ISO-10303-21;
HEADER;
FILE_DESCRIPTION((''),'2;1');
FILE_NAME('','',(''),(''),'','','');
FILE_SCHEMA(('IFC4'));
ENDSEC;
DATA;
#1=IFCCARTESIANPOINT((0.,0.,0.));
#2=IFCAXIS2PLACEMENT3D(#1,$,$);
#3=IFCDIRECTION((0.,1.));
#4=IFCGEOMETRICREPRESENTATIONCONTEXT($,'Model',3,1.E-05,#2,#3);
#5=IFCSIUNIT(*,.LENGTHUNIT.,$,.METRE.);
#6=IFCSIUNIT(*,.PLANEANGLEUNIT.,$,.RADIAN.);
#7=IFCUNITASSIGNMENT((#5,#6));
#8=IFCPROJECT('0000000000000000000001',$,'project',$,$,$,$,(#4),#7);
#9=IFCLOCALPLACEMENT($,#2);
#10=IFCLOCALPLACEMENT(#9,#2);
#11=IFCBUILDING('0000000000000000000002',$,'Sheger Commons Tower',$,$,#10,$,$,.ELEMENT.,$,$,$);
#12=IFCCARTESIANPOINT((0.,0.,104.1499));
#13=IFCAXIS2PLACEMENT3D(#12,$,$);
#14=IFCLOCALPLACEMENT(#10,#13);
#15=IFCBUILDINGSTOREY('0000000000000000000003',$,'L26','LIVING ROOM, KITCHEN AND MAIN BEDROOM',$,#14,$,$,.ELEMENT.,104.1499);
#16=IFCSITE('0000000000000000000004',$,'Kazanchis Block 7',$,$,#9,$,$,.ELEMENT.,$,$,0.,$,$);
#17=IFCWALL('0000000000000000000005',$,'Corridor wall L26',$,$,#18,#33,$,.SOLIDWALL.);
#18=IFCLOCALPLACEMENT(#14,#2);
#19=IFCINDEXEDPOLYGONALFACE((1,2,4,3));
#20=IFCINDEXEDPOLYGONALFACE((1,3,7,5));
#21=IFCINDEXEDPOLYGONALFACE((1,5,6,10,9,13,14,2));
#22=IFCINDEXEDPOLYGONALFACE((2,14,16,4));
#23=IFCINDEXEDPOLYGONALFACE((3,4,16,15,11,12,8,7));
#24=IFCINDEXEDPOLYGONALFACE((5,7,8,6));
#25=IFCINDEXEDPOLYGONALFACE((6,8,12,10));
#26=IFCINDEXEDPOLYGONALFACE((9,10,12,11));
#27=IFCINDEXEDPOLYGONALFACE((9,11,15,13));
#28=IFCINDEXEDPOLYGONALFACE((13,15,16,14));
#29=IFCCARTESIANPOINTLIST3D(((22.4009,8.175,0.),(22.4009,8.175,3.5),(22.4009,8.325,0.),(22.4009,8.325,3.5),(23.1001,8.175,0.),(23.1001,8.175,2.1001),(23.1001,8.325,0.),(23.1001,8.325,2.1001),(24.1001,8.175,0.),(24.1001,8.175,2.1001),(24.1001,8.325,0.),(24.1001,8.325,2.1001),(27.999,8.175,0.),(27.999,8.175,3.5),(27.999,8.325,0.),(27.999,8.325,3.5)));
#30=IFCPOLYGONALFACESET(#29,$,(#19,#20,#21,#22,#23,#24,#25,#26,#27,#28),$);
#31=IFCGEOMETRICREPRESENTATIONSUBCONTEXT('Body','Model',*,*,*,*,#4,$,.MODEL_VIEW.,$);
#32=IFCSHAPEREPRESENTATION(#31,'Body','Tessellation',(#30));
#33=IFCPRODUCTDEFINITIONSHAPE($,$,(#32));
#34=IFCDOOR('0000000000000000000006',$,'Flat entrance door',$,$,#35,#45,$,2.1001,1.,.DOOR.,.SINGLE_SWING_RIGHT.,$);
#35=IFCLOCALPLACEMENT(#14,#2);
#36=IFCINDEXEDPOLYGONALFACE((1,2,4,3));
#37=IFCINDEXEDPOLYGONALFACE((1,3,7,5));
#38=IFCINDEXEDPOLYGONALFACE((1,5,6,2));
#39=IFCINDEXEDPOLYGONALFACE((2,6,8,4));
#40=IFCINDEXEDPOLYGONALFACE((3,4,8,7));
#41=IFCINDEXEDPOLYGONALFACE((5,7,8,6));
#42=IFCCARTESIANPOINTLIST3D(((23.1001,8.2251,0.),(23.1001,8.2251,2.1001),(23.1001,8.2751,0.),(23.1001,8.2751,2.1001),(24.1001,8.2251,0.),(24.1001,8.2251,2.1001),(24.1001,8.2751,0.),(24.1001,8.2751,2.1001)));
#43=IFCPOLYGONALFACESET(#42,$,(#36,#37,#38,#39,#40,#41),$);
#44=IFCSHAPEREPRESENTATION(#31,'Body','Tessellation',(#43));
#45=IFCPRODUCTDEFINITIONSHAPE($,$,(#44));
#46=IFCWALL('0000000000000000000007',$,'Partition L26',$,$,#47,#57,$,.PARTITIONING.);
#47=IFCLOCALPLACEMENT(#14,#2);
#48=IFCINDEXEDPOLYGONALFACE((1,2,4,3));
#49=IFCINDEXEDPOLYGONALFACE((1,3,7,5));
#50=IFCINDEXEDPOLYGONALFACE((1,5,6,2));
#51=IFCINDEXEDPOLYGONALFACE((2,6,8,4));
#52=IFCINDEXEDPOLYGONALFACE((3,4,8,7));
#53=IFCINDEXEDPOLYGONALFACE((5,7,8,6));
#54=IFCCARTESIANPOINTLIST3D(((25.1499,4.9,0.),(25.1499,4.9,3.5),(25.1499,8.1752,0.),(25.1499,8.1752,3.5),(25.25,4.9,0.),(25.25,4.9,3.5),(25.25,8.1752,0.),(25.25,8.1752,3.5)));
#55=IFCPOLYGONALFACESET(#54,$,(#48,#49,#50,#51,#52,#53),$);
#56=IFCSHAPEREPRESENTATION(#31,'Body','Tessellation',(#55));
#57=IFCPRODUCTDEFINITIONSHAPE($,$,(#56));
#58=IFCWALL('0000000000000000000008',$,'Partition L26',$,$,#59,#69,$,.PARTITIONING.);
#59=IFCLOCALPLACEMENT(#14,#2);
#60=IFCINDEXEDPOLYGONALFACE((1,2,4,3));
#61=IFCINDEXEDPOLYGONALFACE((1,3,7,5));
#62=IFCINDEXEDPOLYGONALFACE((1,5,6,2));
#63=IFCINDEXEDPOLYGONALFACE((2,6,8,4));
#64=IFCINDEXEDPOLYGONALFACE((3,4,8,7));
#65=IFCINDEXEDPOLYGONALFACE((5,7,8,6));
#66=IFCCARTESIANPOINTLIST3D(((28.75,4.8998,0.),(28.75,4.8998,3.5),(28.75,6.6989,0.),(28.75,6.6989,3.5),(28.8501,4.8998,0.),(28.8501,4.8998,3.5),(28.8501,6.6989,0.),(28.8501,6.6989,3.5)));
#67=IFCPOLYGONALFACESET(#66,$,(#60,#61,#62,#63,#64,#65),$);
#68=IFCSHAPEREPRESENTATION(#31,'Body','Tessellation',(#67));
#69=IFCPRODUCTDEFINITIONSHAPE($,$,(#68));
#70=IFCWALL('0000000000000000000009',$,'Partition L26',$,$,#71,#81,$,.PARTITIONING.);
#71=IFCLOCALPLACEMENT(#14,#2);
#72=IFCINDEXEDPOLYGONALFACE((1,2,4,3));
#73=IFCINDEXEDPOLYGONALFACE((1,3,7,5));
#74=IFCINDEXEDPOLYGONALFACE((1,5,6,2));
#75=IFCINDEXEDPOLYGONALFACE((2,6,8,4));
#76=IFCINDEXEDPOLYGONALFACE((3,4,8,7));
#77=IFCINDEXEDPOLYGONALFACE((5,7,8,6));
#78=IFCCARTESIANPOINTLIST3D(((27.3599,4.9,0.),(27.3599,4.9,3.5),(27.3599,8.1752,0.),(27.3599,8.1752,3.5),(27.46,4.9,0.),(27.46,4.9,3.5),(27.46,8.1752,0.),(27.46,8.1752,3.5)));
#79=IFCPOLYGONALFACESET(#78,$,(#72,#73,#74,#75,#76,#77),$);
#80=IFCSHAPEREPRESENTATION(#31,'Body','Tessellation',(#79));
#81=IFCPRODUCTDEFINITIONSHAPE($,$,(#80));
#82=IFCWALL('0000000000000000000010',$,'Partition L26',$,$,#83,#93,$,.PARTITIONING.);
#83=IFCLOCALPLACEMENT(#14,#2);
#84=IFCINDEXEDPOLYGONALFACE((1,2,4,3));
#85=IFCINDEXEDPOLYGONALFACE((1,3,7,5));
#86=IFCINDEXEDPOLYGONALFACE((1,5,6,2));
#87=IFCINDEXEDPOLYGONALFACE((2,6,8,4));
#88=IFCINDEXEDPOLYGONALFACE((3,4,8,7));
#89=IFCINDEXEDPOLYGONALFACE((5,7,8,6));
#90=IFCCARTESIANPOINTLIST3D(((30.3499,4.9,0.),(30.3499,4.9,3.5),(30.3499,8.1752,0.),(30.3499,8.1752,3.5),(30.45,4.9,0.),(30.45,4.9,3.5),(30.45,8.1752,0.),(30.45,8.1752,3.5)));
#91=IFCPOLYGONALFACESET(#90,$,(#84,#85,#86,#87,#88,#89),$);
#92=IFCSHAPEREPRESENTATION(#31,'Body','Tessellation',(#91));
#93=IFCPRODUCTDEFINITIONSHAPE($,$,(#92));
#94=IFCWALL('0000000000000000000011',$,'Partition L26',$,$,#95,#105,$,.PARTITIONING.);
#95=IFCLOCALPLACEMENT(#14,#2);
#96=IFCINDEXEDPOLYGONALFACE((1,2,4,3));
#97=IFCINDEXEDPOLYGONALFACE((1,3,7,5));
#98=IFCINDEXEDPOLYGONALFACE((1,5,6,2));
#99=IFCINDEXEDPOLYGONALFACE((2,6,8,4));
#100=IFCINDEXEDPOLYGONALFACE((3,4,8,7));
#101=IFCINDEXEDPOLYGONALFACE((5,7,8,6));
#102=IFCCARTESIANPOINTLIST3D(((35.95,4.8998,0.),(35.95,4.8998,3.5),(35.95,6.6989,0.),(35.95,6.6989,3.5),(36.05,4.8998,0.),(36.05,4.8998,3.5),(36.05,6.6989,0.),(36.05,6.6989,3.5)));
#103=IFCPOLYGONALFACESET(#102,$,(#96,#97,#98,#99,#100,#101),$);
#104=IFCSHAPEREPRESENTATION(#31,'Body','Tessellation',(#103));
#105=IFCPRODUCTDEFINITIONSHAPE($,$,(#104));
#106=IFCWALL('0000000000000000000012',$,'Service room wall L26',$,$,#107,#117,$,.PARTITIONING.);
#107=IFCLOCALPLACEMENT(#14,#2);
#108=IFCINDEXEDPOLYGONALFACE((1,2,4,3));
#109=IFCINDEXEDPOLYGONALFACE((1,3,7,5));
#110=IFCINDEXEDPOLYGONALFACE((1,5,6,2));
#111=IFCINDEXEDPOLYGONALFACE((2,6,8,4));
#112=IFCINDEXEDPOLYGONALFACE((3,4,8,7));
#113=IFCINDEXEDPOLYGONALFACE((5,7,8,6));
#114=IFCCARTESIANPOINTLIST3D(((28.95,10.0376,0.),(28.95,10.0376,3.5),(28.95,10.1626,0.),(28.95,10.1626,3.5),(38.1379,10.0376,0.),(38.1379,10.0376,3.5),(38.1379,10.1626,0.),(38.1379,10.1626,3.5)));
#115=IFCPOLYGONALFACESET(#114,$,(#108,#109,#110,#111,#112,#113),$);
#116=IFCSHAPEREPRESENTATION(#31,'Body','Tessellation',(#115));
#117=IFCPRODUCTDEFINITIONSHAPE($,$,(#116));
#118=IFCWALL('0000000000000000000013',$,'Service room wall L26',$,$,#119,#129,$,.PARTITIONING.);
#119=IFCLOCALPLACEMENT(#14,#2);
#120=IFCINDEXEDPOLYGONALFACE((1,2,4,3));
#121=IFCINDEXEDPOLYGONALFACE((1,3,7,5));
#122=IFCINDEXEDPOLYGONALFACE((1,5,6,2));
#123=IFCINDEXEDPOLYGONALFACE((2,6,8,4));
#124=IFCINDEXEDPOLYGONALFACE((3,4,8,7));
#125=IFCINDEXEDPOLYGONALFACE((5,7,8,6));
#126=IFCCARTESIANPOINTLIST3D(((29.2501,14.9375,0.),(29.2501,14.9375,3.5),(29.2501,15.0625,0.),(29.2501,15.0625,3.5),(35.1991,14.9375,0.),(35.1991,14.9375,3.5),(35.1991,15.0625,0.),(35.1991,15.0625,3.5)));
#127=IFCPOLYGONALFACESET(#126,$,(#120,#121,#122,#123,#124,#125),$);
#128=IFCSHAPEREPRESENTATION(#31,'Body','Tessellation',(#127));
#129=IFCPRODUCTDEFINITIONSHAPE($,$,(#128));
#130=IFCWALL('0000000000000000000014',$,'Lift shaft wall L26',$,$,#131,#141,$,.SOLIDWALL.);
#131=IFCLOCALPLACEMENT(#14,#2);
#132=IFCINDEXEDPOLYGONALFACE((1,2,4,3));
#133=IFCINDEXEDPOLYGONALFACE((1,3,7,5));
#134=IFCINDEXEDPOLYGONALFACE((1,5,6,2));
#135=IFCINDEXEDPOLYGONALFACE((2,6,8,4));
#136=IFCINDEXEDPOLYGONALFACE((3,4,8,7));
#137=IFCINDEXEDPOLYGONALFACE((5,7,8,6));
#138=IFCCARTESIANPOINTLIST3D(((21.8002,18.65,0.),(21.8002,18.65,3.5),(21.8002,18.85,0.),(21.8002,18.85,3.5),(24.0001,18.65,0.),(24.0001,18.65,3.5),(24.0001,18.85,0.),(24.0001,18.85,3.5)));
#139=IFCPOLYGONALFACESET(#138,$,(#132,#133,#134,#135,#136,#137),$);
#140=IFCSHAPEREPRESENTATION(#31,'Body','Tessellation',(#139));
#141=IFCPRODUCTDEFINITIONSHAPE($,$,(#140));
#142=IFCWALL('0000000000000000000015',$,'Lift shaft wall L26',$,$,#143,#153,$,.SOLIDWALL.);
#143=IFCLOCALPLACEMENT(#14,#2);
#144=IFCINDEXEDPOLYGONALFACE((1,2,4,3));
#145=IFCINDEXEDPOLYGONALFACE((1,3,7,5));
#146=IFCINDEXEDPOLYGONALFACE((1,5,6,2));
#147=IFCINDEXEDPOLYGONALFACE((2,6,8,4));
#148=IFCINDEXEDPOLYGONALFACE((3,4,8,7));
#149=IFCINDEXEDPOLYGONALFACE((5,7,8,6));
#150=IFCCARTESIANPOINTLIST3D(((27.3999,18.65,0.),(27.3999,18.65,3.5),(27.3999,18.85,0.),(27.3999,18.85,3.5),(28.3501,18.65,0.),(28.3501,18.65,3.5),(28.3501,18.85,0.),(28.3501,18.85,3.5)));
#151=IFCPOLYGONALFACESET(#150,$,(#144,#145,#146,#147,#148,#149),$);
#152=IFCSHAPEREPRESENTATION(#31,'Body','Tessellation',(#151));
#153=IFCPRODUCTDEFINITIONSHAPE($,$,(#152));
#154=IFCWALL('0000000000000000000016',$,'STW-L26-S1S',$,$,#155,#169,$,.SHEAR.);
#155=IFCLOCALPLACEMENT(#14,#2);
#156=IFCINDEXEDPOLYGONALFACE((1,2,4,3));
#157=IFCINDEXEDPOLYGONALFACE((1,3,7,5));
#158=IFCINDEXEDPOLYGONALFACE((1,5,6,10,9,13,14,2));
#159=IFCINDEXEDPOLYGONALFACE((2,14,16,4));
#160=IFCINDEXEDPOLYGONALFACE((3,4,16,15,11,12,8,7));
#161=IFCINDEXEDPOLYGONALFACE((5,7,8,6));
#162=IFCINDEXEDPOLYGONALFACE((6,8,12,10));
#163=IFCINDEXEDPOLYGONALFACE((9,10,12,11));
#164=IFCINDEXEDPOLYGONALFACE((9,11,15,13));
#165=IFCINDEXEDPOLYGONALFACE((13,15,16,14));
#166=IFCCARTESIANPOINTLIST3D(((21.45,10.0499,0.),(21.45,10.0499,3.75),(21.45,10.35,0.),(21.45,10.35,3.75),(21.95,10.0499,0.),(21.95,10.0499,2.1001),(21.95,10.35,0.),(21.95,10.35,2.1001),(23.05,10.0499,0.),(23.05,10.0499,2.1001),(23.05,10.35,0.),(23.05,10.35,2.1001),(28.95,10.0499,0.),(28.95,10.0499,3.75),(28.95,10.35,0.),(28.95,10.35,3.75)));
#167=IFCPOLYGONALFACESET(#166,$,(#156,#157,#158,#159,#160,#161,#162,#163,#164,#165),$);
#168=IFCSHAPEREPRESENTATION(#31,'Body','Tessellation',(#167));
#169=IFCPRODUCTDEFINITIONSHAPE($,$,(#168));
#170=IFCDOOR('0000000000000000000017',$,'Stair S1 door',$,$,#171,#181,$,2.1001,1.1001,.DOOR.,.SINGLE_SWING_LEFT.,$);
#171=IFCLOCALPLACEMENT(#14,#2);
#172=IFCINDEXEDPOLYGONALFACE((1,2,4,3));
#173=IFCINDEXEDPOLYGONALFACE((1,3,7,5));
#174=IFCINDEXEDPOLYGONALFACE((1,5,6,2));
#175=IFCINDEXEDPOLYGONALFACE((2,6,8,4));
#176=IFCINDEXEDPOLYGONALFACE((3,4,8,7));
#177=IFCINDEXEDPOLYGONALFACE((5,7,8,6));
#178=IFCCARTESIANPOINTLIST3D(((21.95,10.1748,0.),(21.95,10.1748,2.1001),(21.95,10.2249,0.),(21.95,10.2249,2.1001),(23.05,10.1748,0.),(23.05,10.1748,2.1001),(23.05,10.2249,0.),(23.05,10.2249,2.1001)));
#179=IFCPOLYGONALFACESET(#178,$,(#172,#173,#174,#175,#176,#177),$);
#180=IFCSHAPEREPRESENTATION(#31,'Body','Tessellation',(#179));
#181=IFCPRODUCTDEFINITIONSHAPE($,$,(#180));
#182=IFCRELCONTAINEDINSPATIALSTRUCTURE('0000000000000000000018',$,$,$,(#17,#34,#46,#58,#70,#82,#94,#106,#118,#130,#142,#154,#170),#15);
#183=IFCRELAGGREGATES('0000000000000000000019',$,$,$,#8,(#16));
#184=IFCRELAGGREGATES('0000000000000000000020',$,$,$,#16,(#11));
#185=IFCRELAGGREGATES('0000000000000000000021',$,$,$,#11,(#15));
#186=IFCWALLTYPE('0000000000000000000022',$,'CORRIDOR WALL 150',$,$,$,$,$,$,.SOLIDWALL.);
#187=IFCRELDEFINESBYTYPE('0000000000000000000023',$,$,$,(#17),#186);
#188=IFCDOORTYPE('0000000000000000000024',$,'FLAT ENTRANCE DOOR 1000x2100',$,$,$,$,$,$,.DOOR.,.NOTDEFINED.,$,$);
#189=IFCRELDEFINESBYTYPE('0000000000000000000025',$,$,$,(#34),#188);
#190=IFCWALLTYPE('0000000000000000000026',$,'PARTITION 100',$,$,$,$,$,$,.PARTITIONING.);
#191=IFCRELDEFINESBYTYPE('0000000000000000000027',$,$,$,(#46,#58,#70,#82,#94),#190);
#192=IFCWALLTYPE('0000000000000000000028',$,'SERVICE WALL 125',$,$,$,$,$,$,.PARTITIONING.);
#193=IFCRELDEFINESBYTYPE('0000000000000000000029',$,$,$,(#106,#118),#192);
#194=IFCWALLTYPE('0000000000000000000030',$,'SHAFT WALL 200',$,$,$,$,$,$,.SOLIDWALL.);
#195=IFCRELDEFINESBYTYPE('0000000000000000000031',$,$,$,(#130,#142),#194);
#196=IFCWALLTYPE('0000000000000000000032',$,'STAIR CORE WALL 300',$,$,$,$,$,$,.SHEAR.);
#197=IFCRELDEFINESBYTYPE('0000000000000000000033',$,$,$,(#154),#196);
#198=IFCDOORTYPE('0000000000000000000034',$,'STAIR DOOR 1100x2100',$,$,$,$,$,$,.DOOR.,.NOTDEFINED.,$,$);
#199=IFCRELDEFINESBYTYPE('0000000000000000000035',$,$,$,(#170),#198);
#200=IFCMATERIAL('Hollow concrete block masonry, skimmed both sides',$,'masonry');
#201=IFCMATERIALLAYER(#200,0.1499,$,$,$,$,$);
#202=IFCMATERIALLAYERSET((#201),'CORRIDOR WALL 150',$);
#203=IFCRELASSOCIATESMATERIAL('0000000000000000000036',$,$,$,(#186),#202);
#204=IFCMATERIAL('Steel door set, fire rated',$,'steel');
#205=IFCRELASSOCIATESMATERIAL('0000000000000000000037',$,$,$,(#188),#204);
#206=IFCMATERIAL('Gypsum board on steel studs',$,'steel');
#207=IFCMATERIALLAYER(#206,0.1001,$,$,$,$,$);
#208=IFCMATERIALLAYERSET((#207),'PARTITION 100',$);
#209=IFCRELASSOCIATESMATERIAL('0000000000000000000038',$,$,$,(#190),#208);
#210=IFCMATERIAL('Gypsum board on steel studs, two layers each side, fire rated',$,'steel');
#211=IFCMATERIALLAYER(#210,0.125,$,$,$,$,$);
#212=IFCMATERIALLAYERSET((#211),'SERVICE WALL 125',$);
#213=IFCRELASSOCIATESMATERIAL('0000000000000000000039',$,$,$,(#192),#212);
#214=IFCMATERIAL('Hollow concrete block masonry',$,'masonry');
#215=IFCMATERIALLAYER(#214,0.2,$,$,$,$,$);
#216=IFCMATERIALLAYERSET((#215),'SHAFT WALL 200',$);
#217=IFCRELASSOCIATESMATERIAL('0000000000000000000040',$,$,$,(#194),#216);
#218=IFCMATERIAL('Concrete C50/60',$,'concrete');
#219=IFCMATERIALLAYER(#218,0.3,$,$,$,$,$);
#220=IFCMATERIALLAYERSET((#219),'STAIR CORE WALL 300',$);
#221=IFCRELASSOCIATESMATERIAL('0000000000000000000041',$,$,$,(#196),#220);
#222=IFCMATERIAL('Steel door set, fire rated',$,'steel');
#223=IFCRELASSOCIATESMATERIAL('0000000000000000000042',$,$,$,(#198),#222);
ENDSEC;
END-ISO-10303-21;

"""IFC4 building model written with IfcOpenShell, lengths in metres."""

from ifc_helpers import new_model, si_unit, direction, frame, frame_2d, origin, place, context, subcontext, project, spatial, rectangle, extrude, material, layer, layer_set, type_object, element, fill, save


model = new_model("IFC4")

# Units and contexts
model_context = context("Model", 3, precision=1e-05, world=origin(), true_north=direction((0.0, 1.0)))
body_context = subcontext(model_context, "Body", "Model", "MODEL_VIEW")
ifc_project = project(units=[si_unit("LENGTHUNIT", "METRE"), si_unit("PLANEANGLEUNIT", "RADIAN")], contexts=[model_context])

# Site, building, storey
site_placement = place(None, origin())
site = spatial("IfcSite", under=ifc_project, at=site_placement, Name="Kazanchis Block 7", CompositionType="ELEMENT", RefElevation=0.0)
building_placement = place(site_placement, origin())
building = spatial("IfcBuilding", under=site, at=building_placement, Name="Sheger Commons Tower", CompositionType="ELEMENT")
storey_placement = place(building_placement, frame((0.0, 0.0, 104.1499)))
storey = spatial("IfcBuildingStorey", under=building, at=storey_placement, Name="L26", Description="LIVING ROOM, KITCHEN AND MAIN BEDROOM", CompositionType="ELEMENT", Elevation=104.1499)

# Wall, opening, door
ifc_material_1 = material(Name="Hollow concrete block masonry, skimmed both sides", Category="masonry")
ifc_layer_1 = layer(ifc_material_1, 0.1499)
ifc_layer_set_1 = layer_set([ifc_layer_1], Name="CORRIDOR WALL 150")
wall_type_1 = type_object("IfcWallType", Name="CORRIDOR WALL 150", PredefinedType="SOLIDWALL", material=ifc_layer_set_1)
ifc_material_2 = material(Name="Steel door set, fire rated", Category="steel")
door_type_1 = type_object("IfcDoorType", Name="FLAT ENTRANCE DOOR 1000x2100", OperationType="NOTDEFINED", PredefinedType="DOOR", material=ifc_material_2)
wall_1_placement = place(storey_placement, frame((27.999, 8.25, 0.0), z_axis=(0.0, 0.0, 1.0), x_axis=(-1.0, 0.0, 0.0)))
wall_1 = element("IfcWall", 1, at=wall_1_placement, inside=storey, type_object=wall_type_1, Name="Corridor wall L26", PredefinedType="SOLIDWALL", context=body_context, shape_type="SweptSolid", body=[
    extrude(rectangle(XDim=5.5981, YDim=0.1499, at=frame_2d((2.7991, 0.0))), origin(), (0.0, 0.0, 1.0), 3.5),
])
opening_1_placement = place(wall_1_placement, frame((3.8989, 0.0, 0.0)))
opening_1 = element("IfcOpeningElement", 2, at=opening_1_placement, cuts=wall_1, PredefinedType="OPENING", context=body_context, shape_type="SweptSolid", body=[
    extrude(rectangle(XDim=1.0, YDim=2.1001, at=frame_2d((0.5, 1.05))), frame((0.0, 0.085, 0.0), z_axis=(0.0, -1.0, 0.0), x_axis=(1.0, 0.0, 0.0)), (0.0, 0.0, 1.0), 0.1699),
])
door_1_placement = place(opening_1_placement, origin())
door_1 = element("IfcDoor", 3, at=door_1_placement, inside=storey, type_object=door_type_1, Name="Flat entrance door", OperationType="SINGLE_SWING_RIGHT", OverallHeight=2.1001, OverallWidth=1.0, PredefinedType="DOOR", context=body_context, shape_type="SweptSolid", body=[
    extrude(rectangle(XDim=1.0, YDim=2.1001, at=frame_2d((0.5, 1.05))), frame((0.0, 0.0249, 0.0), z_axis=(0.0, -1.0, 0.0), x_axis=(1.0, 0.0, 0.0)), (0.0, 0.0, 1.0), 0.05),
])
fill(opening_1, door_1)

# Walls
ifc_material_3 = material(Name="Gypsum board on steel studs", Category="steel")
ifc_layer_2 = layer(ifc_material_3, 0.1001)
ifc_layer_set_2 = layer_set([ifc_layer_2], Name="PARTITION 100")
wall_type_2 = type_object("IfcWallType", Name="PARTITION 100", PredefinedType="PARTITIONING", material=ifc_layer_set_2)
wall_2_placement = place(storey_placement, frame((25.2, 4.8999, 0.0), z_axis=(0.0, 0.0, 1.0), x_axis=(0.0, 1.0, 0.0)))
element("IfcWall", 4, at=wall_2_placement, inside=storey, type_object=wall_type_2, Name="Partition L26", PredefinedType="PARTITIONING", context=body_context, shape_type="SweptSolid", body=[
    extrude(rectangle(XDim=3.2751, YDim=0.1001, at=frame_2d((1.6377, 0.0))), origin(), (0.0, 0.0, 1.0), 3.5),
])
wall_3_placement = place(storey_placement, frame((28.8, 4.8999, 0.0), z_axis=(0.0, 0.0, 1.0), x_axis=(0.0, 1.0, 0.0)))
element("IfcWall", 5, at=wall_3_placement, inside=storey, type_object=wall_type_2, Name="Partition L26", PredefinedType="PARTITIONING", context=body_context, shape_type="SweptSolid", body=[
    extrude(rectangle(XDim=1.7991, YDim=0.1001, at=frame_2d((0.8994, 0.0))), origin(), (0.0, 0.0, 1.0), 3.5),
])
for number, where, z_axis, x_axis, name in (
    (6, (27.4099, 4.8999, 0.0), (0.0, 0.0, 1.0), (0.0, 1.0, 0.0), "Partition L26"),
    (7, (30.3999, 4.8999, 0.0), (0.0, 0.0, 1.0), (0.0, 1.0, 0.0), "Partition L26"),
):
    element("IfcWall", number, at=place(storey_placement, frame(where, z_axis=z_axis, x_axis=x_axis)), inside=storey, type_object=wall_type_2, Name=name, PredefinedType="PARTITIONING", context=body_context, shape_type="SweptSolid", body=[
        extrude(rectangle(XDim=3.2751, YDim=0.1001, at=frame_2d((1.6377, 0.0))), origin(), (0.0, 0.0, 1.0), 3.5),
    ])
wall_4_placement = place(storey_placement, frame((36.0, 4.8999, 0.0), z_axis=(0.0, 0.0, 1.0), x_axis=(0.0, 1.0, 0.0)))
element("IfcWall", 8, at=wall_4_placement, inside=storey, type_object=wall_type_2, Name="Partition L26", PredefinedType="PARTITIONING", context=body_context, shape_type="SweptSolid", body=[
    extrude(rectangle(XDim=1.7991, YDim=0.1001, at=frame_2d((0.8994, 0.0))), origin(), (0.0, 0.0, 1.0), 3.5),
])
ifc_material_4 = material(Name="Gypsum board on steel studs, two layers each side, fire rated", Category="steel")
ifc_layer_3 = layer(ifc_material_4, 0.125)
ifc_layer_set_3 = layer_set([ifc_layer_3], Name="SERVICE WALL 125")
wall_type_3 = type_object("IfcWallType", Name="SERVICE WALL 125", PredefinedType="PARTITIONING", material=ifc_layer_set_3)
wall_5_placement = place(storey_placement, frame((28.95, 10.1001, 0.0), z_axis=(0.0, 0.0, 1.0), x_axis=(1.0, 0.0, 0.0)))
element("IfcWall", 9, at=wall_5_placement, inside=storey, type_object=wall_type_3, Name="Service room wall L26", PredefinedType="PARTITIONING", context=body_context, shape_type="SweptSolid", body=[
    extrude(rectangle(XDim=9.188, YDim=0.125, at=frame_2d((4.594, 0.0))), origin(), (0.0, 0.0, 1.0), 3.5),
])
wall_6_placement = place(storey_placement, frame((29.25, 15.0, 0.0), z_axis=(0.0, 0.0, 1.0), x_axis=(1.0, 0.0, 0.0)))
element("IfcWall", 10, at=wall_6_placement, inside=storey, type_object=wall_type_3, Name="Service room wall L26", PredefinedType="PARTITIONING", context=body_context, shape_type="SweptSolid", body=[
    extrude(rectangle(XDim=5.949, YDim=0.125, at=frame_2d((2.9746, 0.0))), origin(), (0.0, 0.0, 1.0), 3.5),
])
ifc_material_5 = material(Name="Hollow concrete block masonry", Category="masonry")
ifc_layer_4 = layer(ifc_material_5, 0.2)
ifc_layer_set_4 = layer_set([ifc_layer_4], Name="SHAFT WALL 200")
wall_type_4 = type_object("IfcWallType", Name="SHAFT WALL 200", PredefinedType="SOLIDWALL", material=ifc_layer_set_4)
wall_7_placement = place(storey_placement, frame((21.8, 18.75, 0.0), z_axis=(0.0, 0.0, 1.0), x_axis=(1.0, 0.0, 0.0)))
element("IfcWall", 11, at=wall_7_placement, inside=storey, type_object=wall_type_4, Name="Lift shaft wall L26", PredefinedType="SOLIDWALL", context=body_context, shape_type="SweptSolid", body=[
    extrude(rectangle(XDim=2.2, YDim=0.2, at=frame_2d((1.1001, 0.0))), origin(), (0.0, 0.0, 1.0), 3.5),
])
wall_8_placement = place(storey_placement, frame((27.3999, 18.75, 0.0), z_axis=(0.0, 0.0, 1.0), x_axis=(1.0, 0.0, 0.0)))
element("IfcWall", 12, at=wall_8_placement, inside=storey, type_object=wall_type_4, Name="Lift shaft wall L26", PredefinedType="SOLIDWALL", context=body_context, shape_type="SweptSolid", body=[
    extrude(rectangle(XDim=0.9502, YDim=0.2, at=frame_2d((0.4751, 0.0))), origin(), (0.0, 0.0, 1.0), 3.5),
])

# Wall, opening, door
ifc_material_6 = material(Name="Concrete C50/60", Category="concrete")
ifc_layer_5 = layer(ifc_material_6, 0.3)
ifc_layer_set_5 = layer_set([ifc_layer_5], Name="STAIR CORE WALL 300")
wall_type_5 = type_object("IfcWallType", Name="STAIR CORE WALL 300", PredefinedType="SHEAR", material=ifc_layer_set_5)
wall_9_placement = place(storey_placement, frame((21.45, 10.2, 0.0), z_axis=(0.0, 0.0, 1.0), x_axis=(1.0, 0.0, 0.0)))
wall_9 = element("IfcWall", 13, at=wall_9_placement, inside=storey, type_object=wall_type_5, Name="STW-L26-S1S", PredefinedType="SHEAR", context=body_context, shape_type="SweptSolid", body=[
    extrude(rectangle(XDim=7.5, YDim=0.3, at=frame_2d((3.75, 0.0))), origin(), (0.0, 0.0, 1.0), 3.75),
])
opening_2_placement = place(wall_9_placement, frame((0.5, 0.0, 0.0)))
opening_2 = element("IfcOpeningElement", 14, at=opening_2_placement, cuts=wall_9, PredefinedType="OPENING", context=body_context, shape_type="SweptSolid", body=[
    extrude(rectangle(XDim=1.1001, YDim=2.1001, at=frame_2d((0.55, 1.05))), frame((0.0, 0.1599, 0.0), z_axis=(0.0, -1.0, 0.0), x_axis=(1.0, 0.0, 0.0)), (0.0, 0.0, 1.0), 0.3201),
])
ifc_material_7 = material(Name="Steel door set, fire rated", Category="steel")
door_type_2 = type_object("IfcDoorType", Name="STAIR DOOR 1100x2100", OperationType="NOTDEFINED", PredefinedType="DOOR", material=ifc_material_7)
door_2_placement = place(opening_2_placement, origin())
door_2 = element("IfcDoor", 15, at=door_2_placement, inside=storey, type_object=door_type_2, Name="Stair S1 door", OperationType="SINGLE_SWING_LEFT", OverallHeight=2.1001, OverallWidth=1.1001, PredefinedType="DOOR", context=body_context, shape_type="SweptSolid", body=[
    extrude(rectangle(XDim=1.1001, YDim=2.1001, at=frame_2d((0.55, 1.05))), frame((0.0, 0.0249, 0.0), z_axis=(0.0, -1.0, 0.0), x_axis=(1.0, 0.0, 0.0)), (0.0, 0.0, 1.0), 0.05),
])
fill(opening_2, door_2)

save(model, "model.ifc")
